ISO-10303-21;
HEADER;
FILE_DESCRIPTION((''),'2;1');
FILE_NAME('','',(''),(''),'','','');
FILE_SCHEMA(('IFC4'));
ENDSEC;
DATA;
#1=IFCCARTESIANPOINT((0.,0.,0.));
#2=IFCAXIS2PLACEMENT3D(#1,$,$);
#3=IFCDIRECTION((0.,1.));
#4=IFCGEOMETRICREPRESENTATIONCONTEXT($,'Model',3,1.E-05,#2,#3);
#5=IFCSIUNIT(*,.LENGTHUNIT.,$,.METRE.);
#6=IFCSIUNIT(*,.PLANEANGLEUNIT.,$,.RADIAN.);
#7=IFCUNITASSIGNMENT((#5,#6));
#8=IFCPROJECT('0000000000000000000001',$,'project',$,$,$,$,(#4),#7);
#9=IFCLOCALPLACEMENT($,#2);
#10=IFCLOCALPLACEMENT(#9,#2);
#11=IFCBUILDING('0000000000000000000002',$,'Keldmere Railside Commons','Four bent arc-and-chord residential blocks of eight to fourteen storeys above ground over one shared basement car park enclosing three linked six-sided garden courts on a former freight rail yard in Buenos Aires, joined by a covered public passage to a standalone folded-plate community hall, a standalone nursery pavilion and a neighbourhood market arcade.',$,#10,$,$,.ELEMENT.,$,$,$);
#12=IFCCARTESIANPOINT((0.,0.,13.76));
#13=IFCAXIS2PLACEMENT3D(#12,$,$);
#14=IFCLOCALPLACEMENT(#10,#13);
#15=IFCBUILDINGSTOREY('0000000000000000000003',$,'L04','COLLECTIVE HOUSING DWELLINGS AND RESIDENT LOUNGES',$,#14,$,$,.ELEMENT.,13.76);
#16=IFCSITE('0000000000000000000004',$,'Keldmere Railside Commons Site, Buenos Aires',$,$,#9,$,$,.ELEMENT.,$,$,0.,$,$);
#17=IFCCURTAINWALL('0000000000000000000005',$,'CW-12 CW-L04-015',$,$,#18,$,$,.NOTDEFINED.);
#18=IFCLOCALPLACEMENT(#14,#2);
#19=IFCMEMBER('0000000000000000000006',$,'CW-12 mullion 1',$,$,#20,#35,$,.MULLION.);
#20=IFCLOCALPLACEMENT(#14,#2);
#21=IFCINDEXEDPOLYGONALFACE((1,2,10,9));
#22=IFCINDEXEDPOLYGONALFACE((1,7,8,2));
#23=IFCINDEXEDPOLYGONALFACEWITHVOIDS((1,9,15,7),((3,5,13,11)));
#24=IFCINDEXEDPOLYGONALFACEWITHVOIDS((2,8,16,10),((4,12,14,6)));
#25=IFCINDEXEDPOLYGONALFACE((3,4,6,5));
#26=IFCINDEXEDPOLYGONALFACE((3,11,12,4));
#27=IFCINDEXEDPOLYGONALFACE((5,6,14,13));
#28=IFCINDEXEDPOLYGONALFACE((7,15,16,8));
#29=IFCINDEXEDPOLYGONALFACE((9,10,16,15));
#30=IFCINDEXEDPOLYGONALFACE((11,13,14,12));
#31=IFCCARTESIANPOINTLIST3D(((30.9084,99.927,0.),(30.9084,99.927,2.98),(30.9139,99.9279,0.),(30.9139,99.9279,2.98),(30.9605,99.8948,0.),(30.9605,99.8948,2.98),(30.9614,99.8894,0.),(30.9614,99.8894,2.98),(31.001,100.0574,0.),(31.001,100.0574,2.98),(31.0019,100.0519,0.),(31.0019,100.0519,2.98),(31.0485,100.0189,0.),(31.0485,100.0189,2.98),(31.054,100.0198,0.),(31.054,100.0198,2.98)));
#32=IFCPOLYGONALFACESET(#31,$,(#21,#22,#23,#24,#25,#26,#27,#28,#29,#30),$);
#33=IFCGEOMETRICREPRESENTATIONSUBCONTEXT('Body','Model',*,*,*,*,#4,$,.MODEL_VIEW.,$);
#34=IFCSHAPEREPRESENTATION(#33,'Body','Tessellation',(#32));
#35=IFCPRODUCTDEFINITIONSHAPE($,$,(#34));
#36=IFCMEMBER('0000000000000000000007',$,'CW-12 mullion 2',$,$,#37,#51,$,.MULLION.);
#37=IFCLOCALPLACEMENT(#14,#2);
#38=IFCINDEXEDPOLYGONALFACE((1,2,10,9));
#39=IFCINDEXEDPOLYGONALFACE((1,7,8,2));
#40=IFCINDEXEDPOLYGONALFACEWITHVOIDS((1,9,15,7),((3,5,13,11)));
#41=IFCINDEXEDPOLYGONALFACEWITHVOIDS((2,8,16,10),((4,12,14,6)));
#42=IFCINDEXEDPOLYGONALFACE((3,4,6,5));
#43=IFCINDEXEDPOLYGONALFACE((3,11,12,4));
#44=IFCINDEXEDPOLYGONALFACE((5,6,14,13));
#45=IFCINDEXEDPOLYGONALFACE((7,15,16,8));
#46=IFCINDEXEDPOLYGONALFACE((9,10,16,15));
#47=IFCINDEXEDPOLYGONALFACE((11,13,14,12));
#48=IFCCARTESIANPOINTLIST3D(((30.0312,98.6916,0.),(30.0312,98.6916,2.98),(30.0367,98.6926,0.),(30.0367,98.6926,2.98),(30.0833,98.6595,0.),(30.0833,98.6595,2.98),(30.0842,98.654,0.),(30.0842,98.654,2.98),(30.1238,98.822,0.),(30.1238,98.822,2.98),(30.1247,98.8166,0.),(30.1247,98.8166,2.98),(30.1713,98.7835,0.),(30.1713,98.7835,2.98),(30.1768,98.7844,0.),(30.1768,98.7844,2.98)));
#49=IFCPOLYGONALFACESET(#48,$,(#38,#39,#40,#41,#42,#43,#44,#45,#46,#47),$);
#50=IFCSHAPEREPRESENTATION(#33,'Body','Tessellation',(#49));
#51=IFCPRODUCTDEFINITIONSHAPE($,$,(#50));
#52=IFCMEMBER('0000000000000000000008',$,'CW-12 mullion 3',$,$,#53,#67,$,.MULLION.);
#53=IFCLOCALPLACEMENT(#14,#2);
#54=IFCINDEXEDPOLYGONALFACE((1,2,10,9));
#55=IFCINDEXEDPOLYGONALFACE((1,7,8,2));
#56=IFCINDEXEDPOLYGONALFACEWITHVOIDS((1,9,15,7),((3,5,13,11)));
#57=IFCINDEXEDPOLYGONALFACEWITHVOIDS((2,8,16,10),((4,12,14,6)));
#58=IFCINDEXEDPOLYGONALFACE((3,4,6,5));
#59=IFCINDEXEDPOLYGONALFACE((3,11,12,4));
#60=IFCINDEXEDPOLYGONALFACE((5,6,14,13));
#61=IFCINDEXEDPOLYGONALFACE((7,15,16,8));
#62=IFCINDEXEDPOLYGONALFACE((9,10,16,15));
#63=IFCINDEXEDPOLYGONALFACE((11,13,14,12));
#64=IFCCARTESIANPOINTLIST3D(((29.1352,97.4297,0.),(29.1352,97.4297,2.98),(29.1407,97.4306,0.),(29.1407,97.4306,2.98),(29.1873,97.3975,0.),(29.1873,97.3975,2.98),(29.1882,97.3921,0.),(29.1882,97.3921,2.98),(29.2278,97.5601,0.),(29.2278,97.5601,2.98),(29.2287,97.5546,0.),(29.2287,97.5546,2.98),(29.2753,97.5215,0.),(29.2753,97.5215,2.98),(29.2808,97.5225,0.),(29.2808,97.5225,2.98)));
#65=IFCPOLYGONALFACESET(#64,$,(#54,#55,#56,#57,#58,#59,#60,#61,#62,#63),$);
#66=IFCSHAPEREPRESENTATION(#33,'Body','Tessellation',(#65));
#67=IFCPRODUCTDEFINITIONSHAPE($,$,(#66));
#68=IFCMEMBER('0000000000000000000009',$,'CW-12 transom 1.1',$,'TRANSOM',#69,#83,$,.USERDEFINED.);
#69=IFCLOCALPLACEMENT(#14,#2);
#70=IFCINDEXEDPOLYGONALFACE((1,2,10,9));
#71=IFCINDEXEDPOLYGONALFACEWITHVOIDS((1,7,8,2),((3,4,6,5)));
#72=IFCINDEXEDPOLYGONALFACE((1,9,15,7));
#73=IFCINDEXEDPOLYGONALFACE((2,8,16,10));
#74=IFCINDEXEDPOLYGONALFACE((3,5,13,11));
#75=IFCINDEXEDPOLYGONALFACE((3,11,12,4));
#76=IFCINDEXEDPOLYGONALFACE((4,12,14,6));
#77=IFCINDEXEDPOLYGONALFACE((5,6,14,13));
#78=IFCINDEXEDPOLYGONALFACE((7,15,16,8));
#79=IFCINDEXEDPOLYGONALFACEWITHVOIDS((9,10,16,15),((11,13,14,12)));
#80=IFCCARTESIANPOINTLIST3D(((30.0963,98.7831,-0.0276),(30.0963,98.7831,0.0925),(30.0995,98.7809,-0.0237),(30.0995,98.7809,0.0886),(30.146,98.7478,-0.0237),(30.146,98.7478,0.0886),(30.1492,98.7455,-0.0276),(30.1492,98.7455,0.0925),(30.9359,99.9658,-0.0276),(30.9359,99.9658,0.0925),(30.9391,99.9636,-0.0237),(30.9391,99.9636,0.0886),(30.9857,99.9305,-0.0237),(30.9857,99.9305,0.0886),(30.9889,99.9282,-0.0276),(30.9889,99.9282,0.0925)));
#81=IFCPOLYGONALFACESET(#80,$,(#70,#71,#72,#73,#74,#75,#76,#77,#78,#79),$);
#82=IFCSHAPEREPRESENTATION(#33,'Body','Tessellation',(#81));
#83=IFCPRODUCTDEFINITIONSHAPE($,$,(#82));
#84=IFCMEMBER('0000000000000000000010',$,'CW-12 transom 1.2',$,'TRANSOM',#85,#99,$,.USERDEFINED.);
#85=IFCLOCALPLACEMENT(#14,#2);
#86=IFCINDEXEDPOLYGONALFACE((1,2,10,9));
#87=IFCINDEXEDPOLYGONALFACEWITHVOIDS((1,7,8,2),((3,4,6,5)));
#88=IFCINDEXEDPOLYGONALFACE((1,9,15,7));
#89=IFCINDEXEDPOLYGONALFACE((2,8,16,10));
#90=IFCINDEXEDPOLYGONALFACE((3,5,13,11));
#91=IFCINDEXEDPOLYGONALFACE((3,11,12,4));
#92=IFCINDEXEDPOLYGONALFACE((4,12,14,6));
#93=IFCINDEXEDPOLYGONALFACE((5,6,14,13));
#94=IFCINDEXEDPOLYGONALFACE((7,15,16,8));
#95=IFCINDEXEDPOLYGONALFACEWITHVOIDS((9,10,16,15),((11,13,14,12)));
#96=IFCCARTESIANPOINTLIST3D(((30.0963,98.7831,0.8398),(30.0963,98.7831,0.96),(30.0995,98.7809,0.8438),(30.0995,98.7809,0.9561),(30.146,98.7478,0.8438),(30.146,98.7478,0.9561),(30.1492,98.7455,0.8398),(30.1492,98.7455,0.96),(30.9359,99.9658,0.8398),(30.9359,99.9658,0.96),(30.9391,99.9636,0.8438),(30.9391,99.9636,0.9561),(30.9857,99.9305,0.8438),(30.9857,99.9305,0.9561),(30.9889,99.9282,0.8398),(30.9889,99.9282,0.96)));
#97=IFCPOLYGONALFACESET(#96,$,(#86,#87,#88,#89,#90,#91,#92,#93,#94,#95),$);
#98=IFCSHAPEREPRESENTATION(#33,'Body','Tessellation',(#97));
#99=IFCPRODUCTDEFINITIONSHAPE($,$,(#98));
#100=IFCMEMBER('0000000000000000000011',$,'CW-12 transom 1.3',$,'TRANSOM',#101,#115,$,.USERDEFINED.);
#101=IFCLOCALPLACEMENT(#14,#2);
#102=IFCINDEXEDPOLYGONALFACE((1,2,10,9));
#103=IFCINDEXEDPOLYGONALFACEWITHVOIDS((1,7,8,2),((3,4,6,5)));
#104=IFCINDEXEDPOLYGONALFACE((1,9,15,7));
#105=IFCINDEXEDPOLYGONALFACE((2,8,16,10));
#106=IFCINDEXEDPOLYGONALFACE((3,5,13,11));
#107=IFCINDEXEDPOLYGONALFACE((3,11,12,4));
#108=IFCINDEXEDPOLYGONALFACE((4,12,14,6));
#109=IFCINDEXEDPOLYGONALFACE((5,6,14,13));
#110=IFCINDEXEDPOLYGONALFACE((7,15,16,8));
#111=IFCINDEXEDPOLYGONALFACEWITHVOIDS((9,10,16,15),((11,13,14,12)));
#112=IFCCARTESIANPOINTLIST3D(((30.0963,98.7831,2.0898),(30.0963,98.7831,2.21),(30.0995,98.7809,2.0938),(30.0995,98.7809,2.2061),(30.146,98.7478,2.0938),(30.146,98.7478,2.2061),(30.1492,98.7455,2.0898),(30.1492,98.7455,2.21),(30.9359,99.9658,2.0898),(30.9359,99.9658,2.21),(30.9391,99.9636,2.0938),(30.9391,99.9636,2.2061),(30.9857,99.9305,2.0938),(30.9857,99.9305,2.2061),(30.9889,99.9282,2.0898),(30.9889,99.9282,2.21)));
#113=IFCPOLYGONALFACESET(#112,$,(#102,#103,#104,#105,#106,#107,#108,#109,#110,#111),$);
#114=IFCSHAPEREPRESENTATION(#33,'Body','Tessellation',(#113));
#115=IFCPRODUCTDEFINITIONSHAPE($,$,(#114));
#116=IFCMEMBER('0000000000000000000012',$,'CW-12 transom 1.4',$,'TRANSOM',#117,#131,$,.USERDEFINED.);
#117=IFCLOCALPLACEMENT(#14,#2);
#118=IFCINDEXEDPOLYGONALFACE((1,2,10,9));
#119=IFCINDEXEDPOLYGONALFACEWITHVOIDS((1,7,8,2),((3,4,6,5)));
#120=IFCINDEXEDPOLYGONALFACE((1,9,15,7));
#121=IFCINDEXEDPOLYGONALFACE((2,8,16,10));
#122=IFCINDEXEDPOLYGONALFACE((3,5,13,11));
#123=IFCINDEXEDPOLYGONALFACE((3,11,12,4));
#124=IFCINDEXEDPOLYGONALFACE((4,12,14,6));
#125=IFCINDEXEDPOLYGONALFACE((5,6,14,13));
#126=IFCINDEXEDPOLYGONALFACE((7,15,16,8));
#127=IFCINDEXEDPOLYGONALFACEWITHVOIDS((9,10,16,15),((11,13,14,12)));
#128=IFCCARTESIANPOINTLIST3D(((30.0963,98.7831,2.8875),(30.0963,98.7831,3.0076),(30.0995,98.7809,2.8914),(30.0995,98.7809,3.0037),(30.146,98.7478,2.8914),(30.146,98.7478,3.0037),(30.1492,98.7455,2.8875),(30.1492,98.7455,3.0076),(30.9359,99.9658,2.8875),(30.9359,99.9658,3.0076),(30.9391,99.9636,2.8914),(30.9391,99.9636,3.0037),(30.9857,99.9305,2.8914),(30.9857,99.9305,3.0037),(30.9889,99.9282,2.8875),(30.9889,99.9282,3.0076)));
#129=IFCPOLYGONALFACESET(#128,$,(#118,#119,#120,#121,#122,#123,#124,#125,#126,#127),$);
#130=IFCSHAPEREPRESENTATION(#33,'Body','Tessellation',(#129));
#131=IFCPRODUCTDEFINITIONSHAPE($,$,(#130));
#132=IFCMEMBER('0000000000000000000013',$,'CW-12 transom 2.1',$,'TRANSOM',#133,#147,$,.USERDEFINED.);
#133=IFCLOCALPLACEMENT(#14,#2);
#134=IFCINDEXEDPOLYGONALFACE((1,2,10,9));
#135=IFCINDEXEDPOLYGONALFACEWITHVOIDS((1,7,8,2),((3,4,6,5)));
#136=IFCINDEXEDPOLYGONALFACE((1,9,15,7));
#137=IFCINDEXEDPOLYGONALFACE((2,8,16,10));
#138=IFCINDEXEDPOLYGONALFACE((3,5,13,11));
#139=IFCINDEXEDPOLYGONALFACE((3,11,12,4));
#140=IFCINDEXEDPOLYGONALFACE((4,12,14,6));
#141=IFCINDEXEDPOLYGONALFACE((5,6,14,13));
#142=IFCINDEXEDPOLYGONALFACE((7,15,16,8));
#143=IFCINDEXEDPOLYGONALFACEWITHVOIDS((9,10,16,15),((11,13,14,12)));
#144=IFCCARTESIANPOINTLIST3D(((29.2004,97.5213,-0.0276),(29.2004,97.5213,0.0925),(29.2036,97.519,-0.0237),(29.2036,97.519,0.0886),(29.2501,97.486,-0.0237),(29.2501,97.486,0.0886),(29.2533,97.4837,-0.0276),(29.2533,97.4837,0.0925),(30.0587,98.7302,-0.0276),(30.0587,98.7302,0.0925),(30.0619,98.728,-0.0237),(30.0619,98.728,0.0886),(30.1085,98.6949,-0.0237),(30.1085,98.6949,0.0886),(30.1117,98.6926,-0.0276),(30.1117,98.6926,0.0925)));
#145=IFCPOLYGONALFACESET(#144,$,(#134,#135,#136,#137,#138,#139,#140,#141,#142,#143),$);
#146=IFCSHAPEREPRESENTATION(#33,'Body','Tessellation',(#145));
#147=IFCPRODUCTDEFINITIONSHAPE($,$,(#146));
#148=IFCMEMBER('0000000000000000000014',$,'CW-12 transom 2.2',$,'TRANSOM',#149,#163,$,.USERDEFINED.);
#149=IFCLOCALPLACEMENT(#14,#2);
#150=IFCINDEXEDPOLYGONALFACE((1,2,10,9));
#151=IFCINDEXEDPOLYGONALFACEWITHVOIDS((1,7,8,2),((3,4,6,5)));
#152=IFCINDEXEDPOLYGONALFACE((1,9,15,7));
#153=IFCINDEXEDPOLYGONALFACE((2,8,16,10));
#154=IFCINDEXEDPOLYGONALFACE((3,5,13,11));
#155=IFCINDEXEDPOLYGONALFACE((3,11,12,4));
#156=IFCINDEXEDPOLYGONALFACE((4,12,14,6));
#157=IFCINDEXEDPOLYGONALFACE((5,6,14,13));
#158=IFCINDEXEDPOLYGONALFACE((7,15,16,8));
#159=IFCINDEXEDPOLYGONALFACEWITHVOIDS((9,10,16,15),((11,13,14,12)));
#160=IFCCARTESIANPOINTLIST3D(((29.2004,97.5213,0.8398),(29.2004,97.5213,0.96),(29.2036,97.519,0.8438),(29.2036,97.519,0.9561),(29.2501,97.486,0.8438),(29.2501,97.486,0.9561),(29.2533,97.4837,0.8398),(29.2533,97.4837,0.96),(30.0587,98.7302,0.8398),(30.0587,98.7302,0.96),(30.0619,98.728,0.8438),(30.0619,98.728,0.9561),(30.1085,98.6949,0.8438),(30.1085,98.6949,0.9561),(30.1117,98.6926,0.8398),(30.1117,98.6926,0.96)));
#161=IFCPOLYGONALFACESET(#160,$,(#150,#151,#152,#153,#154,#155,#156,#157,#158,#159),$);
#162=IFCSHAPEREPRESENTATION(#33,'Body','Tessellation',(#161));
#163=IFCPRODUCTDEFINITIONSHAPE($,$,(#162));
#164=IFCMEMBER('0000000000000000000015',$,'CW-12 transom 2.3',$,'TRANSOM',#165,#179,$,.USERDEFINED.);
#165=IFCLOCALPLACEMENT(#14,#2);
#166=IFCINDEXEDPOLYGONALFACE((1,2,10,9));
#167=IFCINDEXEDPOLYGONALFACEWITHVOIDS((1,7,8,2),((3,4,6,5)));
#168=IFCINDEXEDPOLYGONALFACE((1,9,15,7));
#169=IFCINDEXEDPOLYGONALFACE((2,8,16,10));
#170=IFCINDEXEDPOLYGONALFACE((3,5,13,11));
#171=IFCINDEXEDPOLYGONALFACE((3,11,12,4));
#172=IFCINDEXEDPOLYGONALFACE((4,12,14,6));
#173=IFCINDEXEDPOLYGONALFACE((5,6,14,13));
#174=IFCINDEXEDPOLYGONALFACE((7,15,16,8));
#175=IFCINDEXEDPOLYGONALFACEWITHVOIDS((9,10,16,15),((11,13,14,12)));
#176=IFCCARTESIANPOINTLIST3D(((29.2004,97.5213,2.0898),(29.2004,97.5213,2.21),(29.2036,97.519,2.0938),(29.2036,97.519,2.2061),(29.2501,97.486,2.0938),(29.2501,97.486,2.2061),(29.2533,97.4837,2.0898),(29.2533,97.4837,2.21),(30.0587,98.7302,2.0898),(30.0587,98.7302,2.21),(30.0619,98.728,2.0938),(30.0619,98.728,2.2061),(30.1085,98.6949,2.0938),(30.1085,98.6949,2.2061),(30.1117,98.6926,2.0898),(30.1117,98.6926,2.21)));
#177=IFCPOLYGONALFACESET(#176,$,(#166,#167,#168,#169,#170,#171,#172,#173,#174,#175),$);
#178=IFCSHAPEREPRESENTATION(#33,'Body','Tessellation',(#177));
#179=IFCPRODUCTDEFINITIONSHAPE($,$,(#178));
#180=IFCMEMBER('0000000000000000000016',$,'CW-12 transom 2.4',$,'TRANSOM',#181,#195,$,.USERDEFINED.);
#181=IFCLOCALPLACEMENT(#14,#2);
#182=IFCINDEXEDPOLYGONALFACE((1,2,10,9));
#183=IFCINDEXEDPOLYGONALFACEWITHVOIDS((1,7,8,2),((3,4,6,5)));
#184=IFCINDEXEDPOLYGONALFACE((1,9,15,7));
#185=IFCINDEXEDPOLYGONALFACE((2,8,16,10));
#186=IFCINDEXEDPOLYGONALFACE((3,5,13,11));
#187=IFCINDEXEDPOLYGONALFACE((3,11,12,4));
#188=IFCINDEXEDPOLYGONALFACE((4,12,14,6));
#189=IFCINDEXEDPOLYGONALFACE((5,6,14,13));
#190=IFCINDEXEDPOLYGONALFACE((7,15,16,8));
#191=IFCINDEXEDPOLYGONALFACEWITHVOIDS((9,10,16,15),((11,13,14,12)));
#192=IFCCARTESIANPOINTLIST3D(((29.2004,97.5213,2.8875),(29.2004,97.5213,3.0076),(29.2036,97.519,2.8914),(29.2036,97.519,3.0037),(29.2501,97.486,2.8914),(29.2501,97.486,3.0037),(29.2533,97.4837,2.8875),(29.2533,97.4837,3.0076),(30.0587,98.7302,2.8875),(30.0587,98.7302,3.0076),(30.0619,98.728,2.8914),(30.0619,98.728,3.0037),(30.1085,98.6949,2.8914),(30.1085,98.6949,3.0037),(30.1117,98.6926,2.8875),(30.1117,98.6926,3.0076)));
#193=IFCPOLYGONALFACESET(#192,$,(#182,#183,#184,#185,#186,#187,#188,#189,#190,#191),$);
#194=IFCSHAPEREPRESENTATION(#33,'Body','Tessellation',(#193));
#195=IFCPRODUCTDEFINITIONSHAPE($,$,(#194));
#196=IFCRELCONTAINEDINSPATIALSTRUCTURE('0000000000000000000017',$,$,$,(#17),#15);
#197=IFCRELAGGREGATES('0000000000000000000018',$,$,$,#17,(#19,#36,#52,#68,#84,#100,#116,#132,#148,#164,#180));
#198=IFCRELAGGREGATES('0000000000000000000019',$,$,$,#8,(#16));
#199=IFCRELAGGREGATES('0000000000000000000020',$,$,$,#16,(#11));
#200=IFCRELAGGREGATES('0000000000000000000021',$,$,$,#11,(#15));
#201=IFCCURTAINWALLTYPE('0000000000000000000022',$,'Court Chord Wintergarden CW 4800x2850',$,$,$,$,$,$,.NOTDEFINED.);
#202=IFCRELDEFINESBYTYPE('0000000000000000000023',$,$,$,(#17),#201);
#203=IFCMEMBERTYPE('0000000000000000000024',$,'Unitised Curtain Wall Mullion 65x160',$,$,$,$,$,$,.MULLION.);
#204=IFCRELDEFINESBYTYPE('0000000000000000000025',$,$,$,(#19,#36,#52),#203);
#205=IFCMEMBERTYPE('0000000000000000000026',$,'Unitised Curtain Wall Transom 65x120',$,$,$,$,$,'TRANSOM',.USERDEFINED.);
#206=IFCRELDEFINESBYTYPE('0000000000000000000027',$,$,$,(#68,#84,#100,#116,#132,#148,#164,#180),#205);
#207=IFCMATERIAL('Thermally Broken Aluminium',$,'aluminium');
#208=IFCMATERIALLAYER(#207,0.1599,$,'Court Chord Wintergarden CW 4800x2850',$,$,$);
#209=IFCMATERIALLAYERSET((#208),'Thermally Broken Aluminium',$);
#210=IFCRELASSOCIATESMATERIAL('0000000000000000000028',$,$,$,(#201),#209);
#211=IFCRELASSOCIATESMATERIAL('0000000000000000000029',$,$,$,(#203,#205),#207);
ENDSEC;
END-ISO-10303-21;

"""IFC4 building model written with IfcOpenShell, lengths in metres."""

from ifc_helpers import new_model, si_unit, direction, frame, origin, origin_2d, place, context, subcontext, project, spatial, hollow_rectangle, extrude, material, layer, layer_set, material_profile, profile_set, type_object, element, aggregate, save


model = new_model("IFC4")

# Units and contexts
model_context = context("Model", 3, precision=1e-05, world=origin(), true_north=direction((0.0, 1.0)))
body_context = subcontext(model_context, "Body", "Model", "MODEL_VIEW")
ifc_project = project(units=[si_unit("LENGTHUNIT", "METRE"), si_unit("PLANEANGLEUNIT", "RADIAN")], contexts=[model_context])

# Site, building, storey
site_placement = place(None, origin())
site = spatial("IfcSite", under=ifc_project, at=site_placement, Name="Keldmere Railside Commons Site, Buenos Aires", CompositionType="ELEMENT", RefElevation=0.0)
building_placement = place(site_placement, origin())
building = spatial("IfcBuilding", under=site, at=building_placement, Name="Keldmere Railside Commons", Description="Four bent arc-and-chord residential blocks of eight to fourteen storeys above ground over one shared basement car park enclosing three linked six-sided garden courts on a former freight rail yard in Buenos Aires, joined by a covered public passage to a standalone folded-plate community hall, a standalone nursery pavilion and a neighbourhood market arcade.", CompositionType="ELEMENT")
storey_placement = place(building_placement, frame((0.0, 0.0, 13.76)))
storey = spatial("IfcBuildingStorey", under=building, at=storey_placement, Name="L04", Description="COLLECTIVE HOUSING DWELLINGS AND RESIDENT LOUNGES", CompositionType="ELEMENT", Elevation=13.76)

# Curtain wall, members
ifc_material_1 = material(Name="Thermally Broken Aluminium", Category="aluminium")
ifc_layer_1 = layer(ifc_material_1, 0.1599, Name="Court Chord Wintergarden CW 4800x2850")
ifc_layer_set_1 = layer_set([ifc_layer_1], Name="Thermally Broken Aluminium")
curtain_wall_type = type_object("IfcCurtainWallType", Name="Court Chord Wintergarden CW 4800x2850", PredefinedType="NOTDEFINED", material=ifc_layer_set_1)
curtain_wall_placement = place(storey_placement, origin())
curtain_wall = element("IfcCurtainWall", 1, at=curtain_wall_placement, inside=storey, type_object=curtain_wall_type, Name="CW-12 CW-L04-015", PredefinedType="NOTDEFINED")
ifc_material_profile_1 = material_profile(ifc_material_1, hollow_rectangle(XDim=0.0649, YDim=0.1599, WallThickness=0.0039, at=origin_2d()), Name="ALU-MULL-65x160")
ifc_profile_set_1 = profile_set([ifc_material_profile_1], Name="Thermally Broken Aluminium")
member_type_1 = type_object("IfcMemberType", Name="Unitised Curtain Wall Mullion 65x160", PredefinedType="MULLION", material=ifc_profile_set_1)
member_1_placement = place(storey_placement, frame((30.9812, 99.9734, 0.0), z_axis=(0.0, 0.0, 1.0), x_axis=(0.815389, -0.578913, 0.0)))
member_1 = element("IfcMember", 2, at=member_1_placement, type_object=member_type_1, Name="CW-12 mullion 1", PredefinedType="MULLION", context=body_context, shape_type="SweptSolid", body=[
    extrude(hollow_rectangle(XDim=0.0649, YDim=0.1599, WallThickness=0.0039, at=origin_2d()), origin(), (0.0, 0.0, 1.0), 2.98),
])
member_2_placement = place(storey_placement, frame((30.104, 98.738, 0.0), z_axis=(0.0, 0.0, 1.0), x_axis=(0.815389, -0.578913, 0.0)))
member_2 = element("IfcMember", 3, at=member_2_placement, type_object=member_type_1, Name="CW-12 mullion 2", PredefinedType="MULLION", context=body_context, shape_type="SweptSolid", body=[
    extrude(hollow_rectangle(XDim=0.0649, YDim=0.1599, WallThickness=0.0039, at=origin_2d()), origin(), (0.0, 0.0, 1.0), 2.98),
])
member_3_placement = place(storey_placement, frame((29.208, 97.4761, 0.0), z_axis=(0.0, 0.0, 1.0), x_axis=(0.815389, -0.578913, 0.0)))
member_3 = element("IfcMember", 4, at=member_3_placement, type_object=member_type_1, Name="CW-12 mullion 3", PredefinedType="MULLION", context=body_context, shape_type="SweptSolid", body=[
    extrude(hollow_rectangle(XDim=0.0649, YDim=0.1599, WallThickness=0.0039, at=origin_2d()), origin(), (0.0, 0.0, 1.0), 2.98),
])
ifc_material_profile_2 = material_profile(ifc_material_1, hollow_rectangle(XDim=0.0649, YDim=0.1201, WallThickness=0.0039, at=origin_2d()), Name="ALU-TRAN-65x120")
ifc_profile_set_2 = profile_set([ifc_material_profile_2], Name="Thermally Broken Aluminium")
member_type_2 = type_object("IfcMemberType", Name="Unitised Curtain Wall Transom 65x120", ElementType="TRANSOM", PredefinedType="USERDEFINED", material=ifc_profile_set_2)
member_4_placement = place(storey_placement, frame((30.9624, 99.947, 0.0325), z_axis=(-0.578895, -0.815402, 0.0), x_axis=(0.815402, -0.578895, 0.0)))
member_4 = element("IfcMember", 5, at=member_4_placement, type_object=member_type_2, Name="CW-12 transom 1.1", ObjectType="TRANSOM", PredefinedType="USERDEFINED", context=body_context, shape_type="SweptSolid", body=[
    extrude(hollow_rectangle(XDim=0.0649, YDim=0.1201, WallThickness=0.0039, at=origin_2d()), origin(), (0.0, 0.0, 1.0), 1.4504),
])
member_5_placement = place(storey_placement, frame((30.9624, 99.947, 0.8999), z_axis=(-0.578895, -0.815402, 0.0), x_axis=(0.815402, -0.578895, 0.0)))
member_5 = element("IfcMember", 6, at=member_5_placement, type_object=member_type_2, Name="CW-12 transom 1.2", ObjectType="TRANSOM", PredefinedType="USERDEFINED", context=body_context, shape_type="SweptSolid", body=[
    extrude(hollow_rectangle(XDim=0.0649, YDim=0.1201, WallThickness=0.0039, at=origin_2d()), origin(), (0.0, 0.0, 1.0), 1.4504),
])
member_6_placement = place(storey_placement, frame((30.9624, 99.947, 2.1499), z_axis=(-0.578895, -0.815402, 0.0), x_axis=(0.815402, -0.578895, 0.0)))
member_6 = element("IfcMember", 7, at=member_6_placement, type_object=member_type_2, Name="CW-12 transom 1.3", ObjectType="TRANSOM", PredefinedType="USERDEFINED", context=body_context, shape_type="SweptSolid", body=[
    extrude(hollow_rectangle(XDim=0.0649, YDim=0.1201, WallThickness=0.0039, at=origin_2d()), origin(), (0.0, 0.0, 1.0), 1.4504),
])
member_7_placement = place(storey_placement, frame((30.9624, 99.947, 2.9475), z_axis=(-0.578895, -0.815402, 0.0), x_axis=(0.815402, -0.578895, 0.0)))
member_7 = element("IfcMember", 8, at=member_7_placement, type_object=member_type_2, Name="CW-12 transom 1.4", ObjectType="TRANSOM", PredefinedType="USERDEFINED", context=body_context, shape_type="SweptSolid", body=[
    extrude(hollow_rectangle(XDim=0.0649, YDim=0.1201, WallThickness=0.0039, at=origin_2d()), origin(), (0.0, 0.0, 1.0), 1.4504),
])
member_8_placement = place(storey_placement, frame((30.0852, 98.7114, 0.0325), z_axis=(-0.578931, -0.815377, 0.0), x_axis=(0.815377, -0.578931, 0.0)))
member_8 = element("IfcMember", 9, at=member_8_placement, type_object=member_type_2, Name="CW-12 transom 2.1", ObjectType="TRANSOM", PredefinedType="USERDEFINED", context=body_context, shape_type="SweptSolid", body=[
    extrude(hollow_rectangle(XDim=0.0649, YDim=0.1201, WallThickness=0.0039, at=origin_2d()), origin(), (0.0, 0.0, 1.0), 1.4827),
])
member_9_placement = place(storey_placement, frame((30.0852, 98.7114, 0.8999), z_axis=(-0.578931, -0.815377, 0.0), x_axis=(0.815377, -0.578931, 0.0)))
member_9 = element("IfcMember", 10, at=member_9_placement, type_object=member_type_2, Name="CW-12 transom 2.2", ObjectType="TRANSOM", PredefinedType="USERDEFINED", context=body_context, shape_type="SweptSolid", body=[
    extrude(hollow_rectangle(XDim=0.0649, YDim=0.1201, WallThickness=0.0039, at=origin_2d()), origin(), (0.0, 0.0, 1.0), 1.4827),
])
member_10_placement = place(storey_placement, frame((30.0852, 98.7114, 2.1499), z_axis=(-0.578931, -0.815377, 0.0), x_axis=(0.815377, -0.578931, 0.0)))
member_10 = element("IfcMember", 11, at=member_10_placement, type_object=member_type_2, Name="CW-12 transom 2.3", ObjectType="TRANSOM", PredefinedType="USERDEFINED", context=body_context, shape_type="SweptSolid", body=[
    extrude(hollow_rectangle(XDim=0.0649, YDim=0.1201, WallThickness=0.0039, at=origin_2d()), origin(), (0.0, 0.0, 1.0), 1.4827),
])
member_11_placement = place(storey_placement, frame((30.0852, 98.7114, 2.9475), z_axis=(-0.578931, -0.815377, 0.0), x_axis=(0.815377, -0.578931, 0.0)))
member_11 = element("IfcMember", 12, at=member_11_placement, type_object=member_type_2, Name="CW-12 transom 2.4", ObjectType="TRANSOM", PredefinedType="USERDEFINED", context=body_context, shape_type="SweptSolid", body=[
    extrude(hollow_rectangle(XDim=0.0649, YDim=0.1201, WallThickness=0.0039, at=origin_2d()), origin(), (0.0, 0.0, 1.0), 1.4827),
])
aggregate(curtain_wall, [member_1, member_2, member_3, member_4, member_5, member_6, member_7, member_8, member_9, member_10, member_11])

save(model, "model.ifc")
